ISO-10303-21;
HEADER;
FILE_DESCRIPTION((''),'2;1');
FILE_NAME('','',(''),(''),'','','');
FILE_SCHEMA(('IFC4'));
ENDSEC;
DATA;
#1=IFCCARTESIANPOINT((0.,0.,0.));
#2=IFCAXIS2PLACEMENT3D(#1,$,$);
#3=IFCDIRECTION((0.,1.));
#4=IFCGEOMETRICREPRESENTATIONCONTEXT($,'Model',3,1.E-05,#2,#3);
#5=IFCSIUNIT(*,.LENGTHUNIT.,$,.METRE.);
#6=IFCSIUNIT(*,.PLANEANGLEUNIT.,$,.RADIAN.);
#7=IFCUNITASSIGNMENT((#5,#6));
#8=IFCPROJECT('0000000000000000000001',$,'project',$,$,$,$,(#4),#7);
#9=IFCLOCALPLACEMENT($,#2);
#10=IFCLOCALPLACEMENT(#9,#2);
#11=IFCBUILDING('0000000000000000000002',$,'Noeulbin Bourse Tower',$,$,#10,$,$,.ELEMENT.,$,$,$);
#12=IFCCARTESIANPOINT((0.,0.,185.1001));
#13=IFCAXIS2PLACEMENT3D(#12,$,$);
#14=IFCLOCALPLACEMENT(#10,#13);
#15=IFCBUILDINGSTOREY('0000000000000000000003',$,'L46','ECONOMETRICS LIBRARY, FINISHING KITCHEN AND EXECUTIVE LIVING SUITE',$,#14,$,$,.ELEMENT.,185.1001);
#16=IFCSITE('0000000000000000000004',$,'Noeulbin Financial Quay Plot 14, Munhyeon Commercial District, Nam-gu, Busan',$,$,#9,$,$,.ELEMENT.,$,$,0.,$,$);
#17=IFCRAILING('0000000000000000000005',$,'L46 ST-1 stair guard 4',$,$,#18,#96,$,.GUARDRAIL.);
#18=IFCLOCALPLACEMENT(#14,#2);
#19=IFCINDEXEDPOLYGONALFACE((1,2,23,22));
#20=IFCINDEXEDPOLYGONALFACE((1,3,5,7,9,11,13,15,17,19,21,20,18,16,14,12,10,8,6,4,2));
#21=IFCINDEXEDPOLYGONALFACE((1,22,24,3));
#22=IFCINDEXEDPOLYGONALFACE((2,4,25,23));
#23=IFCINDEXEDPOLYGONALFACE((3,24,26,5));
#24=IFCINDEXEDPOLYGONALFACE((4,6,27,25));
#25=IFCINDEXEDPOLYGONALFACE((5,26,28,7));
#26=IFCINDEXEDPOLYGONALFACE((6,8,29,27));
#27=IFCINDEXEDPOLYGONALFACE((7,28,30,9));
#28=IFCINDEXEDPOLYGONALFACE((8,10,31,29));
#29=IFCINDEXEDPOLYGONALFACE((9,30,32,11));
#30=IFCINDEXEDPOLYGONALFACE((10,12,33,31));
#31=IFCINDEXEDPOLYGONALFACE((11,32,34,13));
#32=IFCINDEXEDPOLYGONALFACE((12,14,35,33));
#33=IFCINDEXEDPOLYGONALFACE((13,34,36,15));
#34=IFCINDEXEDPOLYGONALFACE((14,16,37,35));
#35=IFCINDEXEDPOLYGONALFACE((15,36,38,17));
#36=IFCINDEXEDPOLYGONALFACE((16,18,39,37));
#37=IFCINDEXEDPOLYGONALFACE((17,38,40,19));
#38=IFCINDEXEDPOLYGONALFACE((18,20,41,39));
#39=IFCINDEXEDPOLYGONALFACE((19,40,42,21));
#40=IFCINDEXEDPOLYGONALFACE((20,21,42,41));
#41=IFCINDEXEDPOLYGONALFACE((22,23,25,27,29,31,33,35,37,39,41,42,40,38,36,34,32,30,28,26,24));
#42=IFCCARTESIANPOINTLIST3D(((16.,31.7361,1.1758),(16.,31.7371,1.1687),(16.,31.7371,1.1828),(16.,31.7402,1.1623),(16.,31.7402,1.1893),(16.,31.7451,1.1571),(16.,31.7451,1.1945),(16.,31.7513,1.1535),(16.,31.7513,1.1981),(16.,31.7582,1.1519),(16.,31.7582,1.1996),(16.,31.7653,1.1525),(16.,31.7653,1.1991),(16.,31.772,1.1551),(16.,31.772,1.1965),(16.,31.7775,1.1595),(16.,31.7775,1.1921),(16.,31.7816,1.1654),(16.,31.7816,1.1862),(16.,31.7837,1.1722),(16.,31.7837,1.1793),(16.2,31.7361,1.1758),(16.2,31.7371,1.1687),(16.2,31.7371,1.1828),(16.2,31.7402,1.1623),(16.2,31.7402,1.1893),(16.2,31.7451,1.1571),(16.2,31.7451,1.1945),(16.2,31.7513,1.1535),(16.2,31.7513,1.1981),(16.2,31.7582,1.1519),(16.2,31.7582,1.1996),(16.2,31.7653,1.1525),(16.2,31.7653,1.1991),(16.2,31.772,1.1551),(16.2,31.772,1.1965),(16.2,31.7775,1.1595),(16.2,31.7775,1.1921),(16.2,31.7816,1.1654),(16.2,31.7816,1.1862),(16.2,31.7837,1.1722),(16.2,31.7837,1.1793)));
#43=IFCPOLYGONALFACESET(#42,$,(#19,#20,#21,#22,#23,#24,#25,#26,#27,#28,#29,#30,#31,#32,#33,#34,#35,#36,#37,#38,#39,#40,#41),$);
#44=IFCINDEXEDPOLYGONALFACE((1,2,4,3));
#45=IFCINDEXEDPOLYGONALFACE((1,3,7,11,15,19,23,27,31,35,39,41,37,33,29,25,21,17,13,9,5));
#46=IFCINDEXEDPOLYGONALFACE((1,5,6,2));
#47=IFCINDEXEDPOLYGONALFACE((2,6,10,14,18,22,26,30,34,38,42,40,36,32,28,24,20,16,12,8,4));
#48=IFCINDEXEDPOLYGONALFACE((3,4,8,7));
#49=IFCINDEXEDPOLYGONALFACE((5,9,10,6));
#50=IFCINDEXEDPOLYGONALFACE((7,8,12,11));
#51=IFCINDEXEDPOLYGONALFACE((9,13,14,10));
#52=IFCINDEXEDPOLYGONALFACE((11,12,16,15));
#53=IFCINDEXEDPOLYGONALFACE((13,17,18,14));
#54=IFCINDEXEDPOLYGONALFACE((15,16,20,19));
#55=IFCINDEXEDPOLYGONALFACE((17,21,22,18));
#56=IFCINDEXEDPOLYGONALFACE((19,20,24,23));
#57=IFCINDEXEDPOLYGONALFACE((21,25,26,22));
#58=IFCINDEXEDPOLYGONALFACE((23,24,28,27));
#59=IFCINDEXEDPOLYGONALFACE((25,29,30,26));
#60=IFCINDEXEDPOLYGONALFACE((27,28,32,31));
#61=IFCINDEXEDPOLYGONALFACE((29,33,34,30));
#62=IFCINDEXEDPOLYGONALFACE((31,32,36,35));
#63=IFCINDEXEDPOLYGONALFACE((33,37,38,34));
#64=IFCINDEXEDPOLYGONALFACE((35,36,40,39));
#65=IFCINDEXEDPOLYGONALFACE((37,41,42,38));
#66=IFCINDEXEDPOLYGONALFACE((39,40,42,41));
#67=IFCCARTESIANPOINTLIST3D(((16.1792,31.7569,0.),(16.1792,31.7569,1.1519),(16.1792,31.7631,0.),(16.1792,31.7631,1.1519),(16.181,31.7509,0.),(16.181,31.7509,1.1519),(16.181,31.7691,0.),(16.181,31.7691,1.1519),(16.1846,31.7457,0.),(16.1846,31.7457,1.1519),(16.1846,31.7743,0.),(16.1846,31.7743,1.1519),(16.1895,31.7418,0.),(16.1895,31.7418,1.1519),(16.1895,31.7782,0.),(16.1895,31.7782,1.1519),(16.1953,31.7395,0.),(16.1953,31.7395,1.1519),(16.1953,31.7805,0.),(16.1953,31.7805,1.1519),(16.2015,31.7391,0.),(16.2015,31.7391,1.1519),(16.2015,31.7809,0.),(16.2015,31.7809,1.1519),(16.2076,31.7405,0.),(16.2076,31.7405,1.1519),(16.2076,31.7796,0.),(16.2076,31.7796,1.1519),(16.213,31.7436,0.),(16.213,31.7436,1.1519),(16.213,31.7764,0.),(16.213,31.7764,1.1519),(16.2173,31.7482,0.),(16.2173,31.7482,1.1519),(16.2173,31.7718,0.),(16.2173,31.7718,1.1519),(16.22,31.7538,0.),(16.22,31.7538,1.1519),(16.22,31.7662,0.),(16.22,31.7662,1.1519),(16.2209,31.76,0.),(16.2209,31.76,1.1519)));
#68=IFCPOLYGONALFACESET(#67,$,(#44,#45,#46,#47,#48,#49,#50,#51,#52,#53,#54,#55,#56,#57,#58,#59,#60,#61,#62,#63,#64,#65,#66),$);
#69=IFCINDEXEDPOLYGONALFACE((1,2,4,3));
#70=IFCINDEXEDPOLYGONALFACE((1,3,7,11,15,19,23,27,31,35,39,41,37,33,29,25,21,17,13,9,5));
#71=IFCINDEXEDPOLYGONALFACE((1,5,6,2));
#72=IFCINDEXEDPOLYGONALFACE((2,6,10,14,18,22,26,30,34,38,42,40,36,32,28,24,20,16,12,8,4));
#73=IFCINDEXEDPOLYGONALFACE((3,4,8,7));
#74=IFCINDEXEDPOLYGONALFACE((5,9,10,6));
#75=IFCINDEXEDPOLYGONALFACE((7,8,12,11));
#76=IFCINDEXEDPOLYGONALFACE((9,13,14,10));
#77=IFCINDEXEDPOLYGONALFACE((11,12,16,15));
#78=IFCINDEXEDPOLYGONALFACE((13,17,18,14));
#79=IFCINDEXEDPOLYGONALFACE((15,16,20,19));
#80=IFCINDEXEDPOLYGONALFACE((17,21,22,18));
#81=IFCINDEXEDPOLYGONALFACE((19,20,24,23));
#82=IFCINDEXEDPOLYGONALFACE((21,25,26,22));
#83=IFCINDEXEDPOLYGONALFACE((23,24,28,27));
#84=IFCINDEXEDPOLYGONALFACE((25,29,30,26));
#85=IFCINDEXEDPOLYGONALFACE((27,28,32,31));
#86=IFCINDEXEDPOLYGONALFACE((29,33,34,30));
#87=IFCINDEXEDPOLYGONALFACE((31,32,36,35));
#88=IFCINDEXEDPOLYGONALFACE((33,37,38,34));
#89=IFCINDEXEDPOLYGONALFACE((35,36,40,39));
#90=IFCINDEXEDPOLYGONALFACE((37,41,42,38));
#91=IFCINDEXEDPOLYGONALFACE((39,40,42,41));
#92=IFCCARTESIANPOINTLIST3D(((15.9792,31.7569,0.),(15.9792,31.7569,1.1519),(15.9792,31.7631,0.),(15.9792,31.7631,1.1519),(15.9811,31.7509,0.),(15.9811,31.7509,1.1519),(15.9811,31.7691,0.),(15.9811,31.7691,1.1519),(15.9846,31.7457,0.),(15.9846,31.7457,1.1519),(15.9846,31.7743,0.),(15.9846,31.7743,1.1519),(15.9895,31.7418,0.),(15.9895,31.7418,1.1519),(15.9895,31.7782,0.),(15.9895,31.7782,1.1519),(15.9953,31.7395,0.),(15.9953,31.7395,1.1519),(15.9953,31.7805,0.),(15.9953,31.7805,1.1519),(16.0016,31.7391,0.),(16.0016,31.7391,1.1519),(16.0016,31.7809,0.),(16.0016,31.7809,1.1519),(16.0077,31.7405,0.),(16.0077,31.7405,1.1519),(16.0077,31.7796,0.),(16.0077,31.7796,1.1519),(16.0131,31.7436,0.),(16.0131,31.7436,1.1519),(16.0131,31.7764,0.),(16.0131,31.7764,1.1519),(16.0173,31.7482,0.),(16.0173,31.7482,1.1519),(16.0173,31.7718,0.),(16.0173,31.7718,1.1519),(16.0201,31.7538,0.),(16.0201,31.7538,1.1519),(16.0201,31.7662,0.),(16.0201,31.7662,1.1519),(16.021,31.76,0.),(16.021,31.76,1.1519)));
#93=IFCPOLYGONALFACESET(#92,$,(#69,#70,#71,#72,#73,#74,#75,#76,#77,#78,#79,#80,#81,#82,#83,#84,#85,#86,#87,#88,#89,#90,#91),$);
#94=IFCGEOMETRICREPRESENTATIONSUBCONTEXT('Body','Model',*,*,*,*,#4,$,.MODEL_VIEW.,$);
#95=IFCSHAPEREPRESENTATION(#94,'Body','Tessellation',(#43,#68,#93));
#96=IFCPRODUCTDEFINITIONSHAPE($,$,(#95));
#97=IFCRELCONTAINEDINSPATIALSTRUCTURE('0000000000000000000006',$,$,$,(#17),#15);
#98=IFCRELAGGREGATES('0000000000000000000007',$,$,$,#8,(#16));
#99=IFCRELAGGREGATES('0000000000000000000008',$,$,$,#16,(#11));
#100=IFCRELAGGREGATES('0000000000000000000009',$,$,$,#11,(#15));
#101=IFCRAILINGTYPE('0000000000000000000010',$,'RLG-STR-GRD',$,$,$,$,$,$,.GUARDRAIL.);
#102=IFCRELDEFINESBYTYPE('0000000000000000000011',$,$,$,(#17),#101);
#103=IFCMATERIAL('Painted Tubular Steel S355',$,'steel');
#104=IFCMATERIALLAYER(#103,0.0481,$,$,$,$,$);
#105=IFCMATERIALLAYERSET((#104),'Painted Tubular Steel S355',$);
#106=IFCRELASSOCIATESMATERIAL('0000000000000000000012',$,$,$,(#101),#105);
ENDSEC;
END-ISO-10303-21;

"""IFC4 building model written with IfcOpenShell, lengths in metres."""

from ifc_helpers import new_model, si_unit, direction, frame, origin, origin_2d, place, context, subcontext, project, spatial, circle, extrude, material, layer, layer_set, type_object, element, save


model = new_model("IFC4")

# Units and contexts
model_context = context("Model", 3, precision=1e-05, world=origin(), true_north=direction((0.0, 1.0)))
body_context = subcontext(model_context, "Body", "Model", "MODEL_VIEW")
ifc_project = project(units=[si_unit("LENGTHUNIT", "METRE"), si_unit("PLANEANGLEUNIT", "RADIAN")], contexts=[model_context])

# Site, building, storey
site_placement = place(None, origin())
site = spatial("IfcSite", under=ifc_project, at=site_placement, Name="Noeulbin Financial Quay Plot 14, Munhyeon Commercial District, Nam-gu, Busan", CompositionType="ELEMENT", RefElevation=0.0)
building_placement = place(site_placement, origin())
building = spatial("IfcBuilding", under=site, at=building_placement, Name="Noeulbin Bourse Tower", CompositionType="ELEMENT")
storey_placement = place(building_placement, frame((0.0, 0.0, 185.1001)))
storey = spatial("IfcBuildingStorey", under=building, at=storey_placement, Name="L46", Description="ECONOMETRICS LIBRARY, FINISHING KITCHEN AND EXECUTIVE LIVING SUITE", CompositionType="ELEMENT", Elevation=185.1001)

# Railing
ifc_material_1 = material(Name="Painted Tubular Steel S355", Category="steel")
ifc_layer_1 = layer(ifc_material_1, 0.0481)
ifc_layer_set_1 = layer_set([ifc_layer_1], Name="Painted Tubular Steel S355")
railing_type_1 = type_object("IfcRailingType", Name="RLG-STR-GRD", PredefinedType="GUARDRAIL", material=ifc_layer_set_1)
railing_1_placement = place(storey_placement, frame((16.2, 31.76, 0.0)))
element("IfcRailing", 1, at=railing_1_placement, inside=storey, type_object=railing_type_1, Name="L46 ST-1 stair guard 4", PredefinedType="GUARDRAIL", context=body_context, shape_type="SweptSolid", body=[
    extrude(circle(Radius=0.0239, at=origin_2d()), frame((0.0, 0.0, 1.1758), z_axis=(-1.0, 0.0, 0.0), x_axis=(0.0, -1.0, 0.0)), (0.0, 0.0, 1.0), 0.2),
    extrude(circle(Radius=0.021, at=origin_2d()), origin(), (0.0, 0.0, 1.0), 1.1519),
    extrude(circle(Radius=0.021, at=origin_2d()), frame((-0.2, 0.0, 0.0)), (0.0, 0.0, 1.0), 1.1519),
])

save(model, "model.ifc")
